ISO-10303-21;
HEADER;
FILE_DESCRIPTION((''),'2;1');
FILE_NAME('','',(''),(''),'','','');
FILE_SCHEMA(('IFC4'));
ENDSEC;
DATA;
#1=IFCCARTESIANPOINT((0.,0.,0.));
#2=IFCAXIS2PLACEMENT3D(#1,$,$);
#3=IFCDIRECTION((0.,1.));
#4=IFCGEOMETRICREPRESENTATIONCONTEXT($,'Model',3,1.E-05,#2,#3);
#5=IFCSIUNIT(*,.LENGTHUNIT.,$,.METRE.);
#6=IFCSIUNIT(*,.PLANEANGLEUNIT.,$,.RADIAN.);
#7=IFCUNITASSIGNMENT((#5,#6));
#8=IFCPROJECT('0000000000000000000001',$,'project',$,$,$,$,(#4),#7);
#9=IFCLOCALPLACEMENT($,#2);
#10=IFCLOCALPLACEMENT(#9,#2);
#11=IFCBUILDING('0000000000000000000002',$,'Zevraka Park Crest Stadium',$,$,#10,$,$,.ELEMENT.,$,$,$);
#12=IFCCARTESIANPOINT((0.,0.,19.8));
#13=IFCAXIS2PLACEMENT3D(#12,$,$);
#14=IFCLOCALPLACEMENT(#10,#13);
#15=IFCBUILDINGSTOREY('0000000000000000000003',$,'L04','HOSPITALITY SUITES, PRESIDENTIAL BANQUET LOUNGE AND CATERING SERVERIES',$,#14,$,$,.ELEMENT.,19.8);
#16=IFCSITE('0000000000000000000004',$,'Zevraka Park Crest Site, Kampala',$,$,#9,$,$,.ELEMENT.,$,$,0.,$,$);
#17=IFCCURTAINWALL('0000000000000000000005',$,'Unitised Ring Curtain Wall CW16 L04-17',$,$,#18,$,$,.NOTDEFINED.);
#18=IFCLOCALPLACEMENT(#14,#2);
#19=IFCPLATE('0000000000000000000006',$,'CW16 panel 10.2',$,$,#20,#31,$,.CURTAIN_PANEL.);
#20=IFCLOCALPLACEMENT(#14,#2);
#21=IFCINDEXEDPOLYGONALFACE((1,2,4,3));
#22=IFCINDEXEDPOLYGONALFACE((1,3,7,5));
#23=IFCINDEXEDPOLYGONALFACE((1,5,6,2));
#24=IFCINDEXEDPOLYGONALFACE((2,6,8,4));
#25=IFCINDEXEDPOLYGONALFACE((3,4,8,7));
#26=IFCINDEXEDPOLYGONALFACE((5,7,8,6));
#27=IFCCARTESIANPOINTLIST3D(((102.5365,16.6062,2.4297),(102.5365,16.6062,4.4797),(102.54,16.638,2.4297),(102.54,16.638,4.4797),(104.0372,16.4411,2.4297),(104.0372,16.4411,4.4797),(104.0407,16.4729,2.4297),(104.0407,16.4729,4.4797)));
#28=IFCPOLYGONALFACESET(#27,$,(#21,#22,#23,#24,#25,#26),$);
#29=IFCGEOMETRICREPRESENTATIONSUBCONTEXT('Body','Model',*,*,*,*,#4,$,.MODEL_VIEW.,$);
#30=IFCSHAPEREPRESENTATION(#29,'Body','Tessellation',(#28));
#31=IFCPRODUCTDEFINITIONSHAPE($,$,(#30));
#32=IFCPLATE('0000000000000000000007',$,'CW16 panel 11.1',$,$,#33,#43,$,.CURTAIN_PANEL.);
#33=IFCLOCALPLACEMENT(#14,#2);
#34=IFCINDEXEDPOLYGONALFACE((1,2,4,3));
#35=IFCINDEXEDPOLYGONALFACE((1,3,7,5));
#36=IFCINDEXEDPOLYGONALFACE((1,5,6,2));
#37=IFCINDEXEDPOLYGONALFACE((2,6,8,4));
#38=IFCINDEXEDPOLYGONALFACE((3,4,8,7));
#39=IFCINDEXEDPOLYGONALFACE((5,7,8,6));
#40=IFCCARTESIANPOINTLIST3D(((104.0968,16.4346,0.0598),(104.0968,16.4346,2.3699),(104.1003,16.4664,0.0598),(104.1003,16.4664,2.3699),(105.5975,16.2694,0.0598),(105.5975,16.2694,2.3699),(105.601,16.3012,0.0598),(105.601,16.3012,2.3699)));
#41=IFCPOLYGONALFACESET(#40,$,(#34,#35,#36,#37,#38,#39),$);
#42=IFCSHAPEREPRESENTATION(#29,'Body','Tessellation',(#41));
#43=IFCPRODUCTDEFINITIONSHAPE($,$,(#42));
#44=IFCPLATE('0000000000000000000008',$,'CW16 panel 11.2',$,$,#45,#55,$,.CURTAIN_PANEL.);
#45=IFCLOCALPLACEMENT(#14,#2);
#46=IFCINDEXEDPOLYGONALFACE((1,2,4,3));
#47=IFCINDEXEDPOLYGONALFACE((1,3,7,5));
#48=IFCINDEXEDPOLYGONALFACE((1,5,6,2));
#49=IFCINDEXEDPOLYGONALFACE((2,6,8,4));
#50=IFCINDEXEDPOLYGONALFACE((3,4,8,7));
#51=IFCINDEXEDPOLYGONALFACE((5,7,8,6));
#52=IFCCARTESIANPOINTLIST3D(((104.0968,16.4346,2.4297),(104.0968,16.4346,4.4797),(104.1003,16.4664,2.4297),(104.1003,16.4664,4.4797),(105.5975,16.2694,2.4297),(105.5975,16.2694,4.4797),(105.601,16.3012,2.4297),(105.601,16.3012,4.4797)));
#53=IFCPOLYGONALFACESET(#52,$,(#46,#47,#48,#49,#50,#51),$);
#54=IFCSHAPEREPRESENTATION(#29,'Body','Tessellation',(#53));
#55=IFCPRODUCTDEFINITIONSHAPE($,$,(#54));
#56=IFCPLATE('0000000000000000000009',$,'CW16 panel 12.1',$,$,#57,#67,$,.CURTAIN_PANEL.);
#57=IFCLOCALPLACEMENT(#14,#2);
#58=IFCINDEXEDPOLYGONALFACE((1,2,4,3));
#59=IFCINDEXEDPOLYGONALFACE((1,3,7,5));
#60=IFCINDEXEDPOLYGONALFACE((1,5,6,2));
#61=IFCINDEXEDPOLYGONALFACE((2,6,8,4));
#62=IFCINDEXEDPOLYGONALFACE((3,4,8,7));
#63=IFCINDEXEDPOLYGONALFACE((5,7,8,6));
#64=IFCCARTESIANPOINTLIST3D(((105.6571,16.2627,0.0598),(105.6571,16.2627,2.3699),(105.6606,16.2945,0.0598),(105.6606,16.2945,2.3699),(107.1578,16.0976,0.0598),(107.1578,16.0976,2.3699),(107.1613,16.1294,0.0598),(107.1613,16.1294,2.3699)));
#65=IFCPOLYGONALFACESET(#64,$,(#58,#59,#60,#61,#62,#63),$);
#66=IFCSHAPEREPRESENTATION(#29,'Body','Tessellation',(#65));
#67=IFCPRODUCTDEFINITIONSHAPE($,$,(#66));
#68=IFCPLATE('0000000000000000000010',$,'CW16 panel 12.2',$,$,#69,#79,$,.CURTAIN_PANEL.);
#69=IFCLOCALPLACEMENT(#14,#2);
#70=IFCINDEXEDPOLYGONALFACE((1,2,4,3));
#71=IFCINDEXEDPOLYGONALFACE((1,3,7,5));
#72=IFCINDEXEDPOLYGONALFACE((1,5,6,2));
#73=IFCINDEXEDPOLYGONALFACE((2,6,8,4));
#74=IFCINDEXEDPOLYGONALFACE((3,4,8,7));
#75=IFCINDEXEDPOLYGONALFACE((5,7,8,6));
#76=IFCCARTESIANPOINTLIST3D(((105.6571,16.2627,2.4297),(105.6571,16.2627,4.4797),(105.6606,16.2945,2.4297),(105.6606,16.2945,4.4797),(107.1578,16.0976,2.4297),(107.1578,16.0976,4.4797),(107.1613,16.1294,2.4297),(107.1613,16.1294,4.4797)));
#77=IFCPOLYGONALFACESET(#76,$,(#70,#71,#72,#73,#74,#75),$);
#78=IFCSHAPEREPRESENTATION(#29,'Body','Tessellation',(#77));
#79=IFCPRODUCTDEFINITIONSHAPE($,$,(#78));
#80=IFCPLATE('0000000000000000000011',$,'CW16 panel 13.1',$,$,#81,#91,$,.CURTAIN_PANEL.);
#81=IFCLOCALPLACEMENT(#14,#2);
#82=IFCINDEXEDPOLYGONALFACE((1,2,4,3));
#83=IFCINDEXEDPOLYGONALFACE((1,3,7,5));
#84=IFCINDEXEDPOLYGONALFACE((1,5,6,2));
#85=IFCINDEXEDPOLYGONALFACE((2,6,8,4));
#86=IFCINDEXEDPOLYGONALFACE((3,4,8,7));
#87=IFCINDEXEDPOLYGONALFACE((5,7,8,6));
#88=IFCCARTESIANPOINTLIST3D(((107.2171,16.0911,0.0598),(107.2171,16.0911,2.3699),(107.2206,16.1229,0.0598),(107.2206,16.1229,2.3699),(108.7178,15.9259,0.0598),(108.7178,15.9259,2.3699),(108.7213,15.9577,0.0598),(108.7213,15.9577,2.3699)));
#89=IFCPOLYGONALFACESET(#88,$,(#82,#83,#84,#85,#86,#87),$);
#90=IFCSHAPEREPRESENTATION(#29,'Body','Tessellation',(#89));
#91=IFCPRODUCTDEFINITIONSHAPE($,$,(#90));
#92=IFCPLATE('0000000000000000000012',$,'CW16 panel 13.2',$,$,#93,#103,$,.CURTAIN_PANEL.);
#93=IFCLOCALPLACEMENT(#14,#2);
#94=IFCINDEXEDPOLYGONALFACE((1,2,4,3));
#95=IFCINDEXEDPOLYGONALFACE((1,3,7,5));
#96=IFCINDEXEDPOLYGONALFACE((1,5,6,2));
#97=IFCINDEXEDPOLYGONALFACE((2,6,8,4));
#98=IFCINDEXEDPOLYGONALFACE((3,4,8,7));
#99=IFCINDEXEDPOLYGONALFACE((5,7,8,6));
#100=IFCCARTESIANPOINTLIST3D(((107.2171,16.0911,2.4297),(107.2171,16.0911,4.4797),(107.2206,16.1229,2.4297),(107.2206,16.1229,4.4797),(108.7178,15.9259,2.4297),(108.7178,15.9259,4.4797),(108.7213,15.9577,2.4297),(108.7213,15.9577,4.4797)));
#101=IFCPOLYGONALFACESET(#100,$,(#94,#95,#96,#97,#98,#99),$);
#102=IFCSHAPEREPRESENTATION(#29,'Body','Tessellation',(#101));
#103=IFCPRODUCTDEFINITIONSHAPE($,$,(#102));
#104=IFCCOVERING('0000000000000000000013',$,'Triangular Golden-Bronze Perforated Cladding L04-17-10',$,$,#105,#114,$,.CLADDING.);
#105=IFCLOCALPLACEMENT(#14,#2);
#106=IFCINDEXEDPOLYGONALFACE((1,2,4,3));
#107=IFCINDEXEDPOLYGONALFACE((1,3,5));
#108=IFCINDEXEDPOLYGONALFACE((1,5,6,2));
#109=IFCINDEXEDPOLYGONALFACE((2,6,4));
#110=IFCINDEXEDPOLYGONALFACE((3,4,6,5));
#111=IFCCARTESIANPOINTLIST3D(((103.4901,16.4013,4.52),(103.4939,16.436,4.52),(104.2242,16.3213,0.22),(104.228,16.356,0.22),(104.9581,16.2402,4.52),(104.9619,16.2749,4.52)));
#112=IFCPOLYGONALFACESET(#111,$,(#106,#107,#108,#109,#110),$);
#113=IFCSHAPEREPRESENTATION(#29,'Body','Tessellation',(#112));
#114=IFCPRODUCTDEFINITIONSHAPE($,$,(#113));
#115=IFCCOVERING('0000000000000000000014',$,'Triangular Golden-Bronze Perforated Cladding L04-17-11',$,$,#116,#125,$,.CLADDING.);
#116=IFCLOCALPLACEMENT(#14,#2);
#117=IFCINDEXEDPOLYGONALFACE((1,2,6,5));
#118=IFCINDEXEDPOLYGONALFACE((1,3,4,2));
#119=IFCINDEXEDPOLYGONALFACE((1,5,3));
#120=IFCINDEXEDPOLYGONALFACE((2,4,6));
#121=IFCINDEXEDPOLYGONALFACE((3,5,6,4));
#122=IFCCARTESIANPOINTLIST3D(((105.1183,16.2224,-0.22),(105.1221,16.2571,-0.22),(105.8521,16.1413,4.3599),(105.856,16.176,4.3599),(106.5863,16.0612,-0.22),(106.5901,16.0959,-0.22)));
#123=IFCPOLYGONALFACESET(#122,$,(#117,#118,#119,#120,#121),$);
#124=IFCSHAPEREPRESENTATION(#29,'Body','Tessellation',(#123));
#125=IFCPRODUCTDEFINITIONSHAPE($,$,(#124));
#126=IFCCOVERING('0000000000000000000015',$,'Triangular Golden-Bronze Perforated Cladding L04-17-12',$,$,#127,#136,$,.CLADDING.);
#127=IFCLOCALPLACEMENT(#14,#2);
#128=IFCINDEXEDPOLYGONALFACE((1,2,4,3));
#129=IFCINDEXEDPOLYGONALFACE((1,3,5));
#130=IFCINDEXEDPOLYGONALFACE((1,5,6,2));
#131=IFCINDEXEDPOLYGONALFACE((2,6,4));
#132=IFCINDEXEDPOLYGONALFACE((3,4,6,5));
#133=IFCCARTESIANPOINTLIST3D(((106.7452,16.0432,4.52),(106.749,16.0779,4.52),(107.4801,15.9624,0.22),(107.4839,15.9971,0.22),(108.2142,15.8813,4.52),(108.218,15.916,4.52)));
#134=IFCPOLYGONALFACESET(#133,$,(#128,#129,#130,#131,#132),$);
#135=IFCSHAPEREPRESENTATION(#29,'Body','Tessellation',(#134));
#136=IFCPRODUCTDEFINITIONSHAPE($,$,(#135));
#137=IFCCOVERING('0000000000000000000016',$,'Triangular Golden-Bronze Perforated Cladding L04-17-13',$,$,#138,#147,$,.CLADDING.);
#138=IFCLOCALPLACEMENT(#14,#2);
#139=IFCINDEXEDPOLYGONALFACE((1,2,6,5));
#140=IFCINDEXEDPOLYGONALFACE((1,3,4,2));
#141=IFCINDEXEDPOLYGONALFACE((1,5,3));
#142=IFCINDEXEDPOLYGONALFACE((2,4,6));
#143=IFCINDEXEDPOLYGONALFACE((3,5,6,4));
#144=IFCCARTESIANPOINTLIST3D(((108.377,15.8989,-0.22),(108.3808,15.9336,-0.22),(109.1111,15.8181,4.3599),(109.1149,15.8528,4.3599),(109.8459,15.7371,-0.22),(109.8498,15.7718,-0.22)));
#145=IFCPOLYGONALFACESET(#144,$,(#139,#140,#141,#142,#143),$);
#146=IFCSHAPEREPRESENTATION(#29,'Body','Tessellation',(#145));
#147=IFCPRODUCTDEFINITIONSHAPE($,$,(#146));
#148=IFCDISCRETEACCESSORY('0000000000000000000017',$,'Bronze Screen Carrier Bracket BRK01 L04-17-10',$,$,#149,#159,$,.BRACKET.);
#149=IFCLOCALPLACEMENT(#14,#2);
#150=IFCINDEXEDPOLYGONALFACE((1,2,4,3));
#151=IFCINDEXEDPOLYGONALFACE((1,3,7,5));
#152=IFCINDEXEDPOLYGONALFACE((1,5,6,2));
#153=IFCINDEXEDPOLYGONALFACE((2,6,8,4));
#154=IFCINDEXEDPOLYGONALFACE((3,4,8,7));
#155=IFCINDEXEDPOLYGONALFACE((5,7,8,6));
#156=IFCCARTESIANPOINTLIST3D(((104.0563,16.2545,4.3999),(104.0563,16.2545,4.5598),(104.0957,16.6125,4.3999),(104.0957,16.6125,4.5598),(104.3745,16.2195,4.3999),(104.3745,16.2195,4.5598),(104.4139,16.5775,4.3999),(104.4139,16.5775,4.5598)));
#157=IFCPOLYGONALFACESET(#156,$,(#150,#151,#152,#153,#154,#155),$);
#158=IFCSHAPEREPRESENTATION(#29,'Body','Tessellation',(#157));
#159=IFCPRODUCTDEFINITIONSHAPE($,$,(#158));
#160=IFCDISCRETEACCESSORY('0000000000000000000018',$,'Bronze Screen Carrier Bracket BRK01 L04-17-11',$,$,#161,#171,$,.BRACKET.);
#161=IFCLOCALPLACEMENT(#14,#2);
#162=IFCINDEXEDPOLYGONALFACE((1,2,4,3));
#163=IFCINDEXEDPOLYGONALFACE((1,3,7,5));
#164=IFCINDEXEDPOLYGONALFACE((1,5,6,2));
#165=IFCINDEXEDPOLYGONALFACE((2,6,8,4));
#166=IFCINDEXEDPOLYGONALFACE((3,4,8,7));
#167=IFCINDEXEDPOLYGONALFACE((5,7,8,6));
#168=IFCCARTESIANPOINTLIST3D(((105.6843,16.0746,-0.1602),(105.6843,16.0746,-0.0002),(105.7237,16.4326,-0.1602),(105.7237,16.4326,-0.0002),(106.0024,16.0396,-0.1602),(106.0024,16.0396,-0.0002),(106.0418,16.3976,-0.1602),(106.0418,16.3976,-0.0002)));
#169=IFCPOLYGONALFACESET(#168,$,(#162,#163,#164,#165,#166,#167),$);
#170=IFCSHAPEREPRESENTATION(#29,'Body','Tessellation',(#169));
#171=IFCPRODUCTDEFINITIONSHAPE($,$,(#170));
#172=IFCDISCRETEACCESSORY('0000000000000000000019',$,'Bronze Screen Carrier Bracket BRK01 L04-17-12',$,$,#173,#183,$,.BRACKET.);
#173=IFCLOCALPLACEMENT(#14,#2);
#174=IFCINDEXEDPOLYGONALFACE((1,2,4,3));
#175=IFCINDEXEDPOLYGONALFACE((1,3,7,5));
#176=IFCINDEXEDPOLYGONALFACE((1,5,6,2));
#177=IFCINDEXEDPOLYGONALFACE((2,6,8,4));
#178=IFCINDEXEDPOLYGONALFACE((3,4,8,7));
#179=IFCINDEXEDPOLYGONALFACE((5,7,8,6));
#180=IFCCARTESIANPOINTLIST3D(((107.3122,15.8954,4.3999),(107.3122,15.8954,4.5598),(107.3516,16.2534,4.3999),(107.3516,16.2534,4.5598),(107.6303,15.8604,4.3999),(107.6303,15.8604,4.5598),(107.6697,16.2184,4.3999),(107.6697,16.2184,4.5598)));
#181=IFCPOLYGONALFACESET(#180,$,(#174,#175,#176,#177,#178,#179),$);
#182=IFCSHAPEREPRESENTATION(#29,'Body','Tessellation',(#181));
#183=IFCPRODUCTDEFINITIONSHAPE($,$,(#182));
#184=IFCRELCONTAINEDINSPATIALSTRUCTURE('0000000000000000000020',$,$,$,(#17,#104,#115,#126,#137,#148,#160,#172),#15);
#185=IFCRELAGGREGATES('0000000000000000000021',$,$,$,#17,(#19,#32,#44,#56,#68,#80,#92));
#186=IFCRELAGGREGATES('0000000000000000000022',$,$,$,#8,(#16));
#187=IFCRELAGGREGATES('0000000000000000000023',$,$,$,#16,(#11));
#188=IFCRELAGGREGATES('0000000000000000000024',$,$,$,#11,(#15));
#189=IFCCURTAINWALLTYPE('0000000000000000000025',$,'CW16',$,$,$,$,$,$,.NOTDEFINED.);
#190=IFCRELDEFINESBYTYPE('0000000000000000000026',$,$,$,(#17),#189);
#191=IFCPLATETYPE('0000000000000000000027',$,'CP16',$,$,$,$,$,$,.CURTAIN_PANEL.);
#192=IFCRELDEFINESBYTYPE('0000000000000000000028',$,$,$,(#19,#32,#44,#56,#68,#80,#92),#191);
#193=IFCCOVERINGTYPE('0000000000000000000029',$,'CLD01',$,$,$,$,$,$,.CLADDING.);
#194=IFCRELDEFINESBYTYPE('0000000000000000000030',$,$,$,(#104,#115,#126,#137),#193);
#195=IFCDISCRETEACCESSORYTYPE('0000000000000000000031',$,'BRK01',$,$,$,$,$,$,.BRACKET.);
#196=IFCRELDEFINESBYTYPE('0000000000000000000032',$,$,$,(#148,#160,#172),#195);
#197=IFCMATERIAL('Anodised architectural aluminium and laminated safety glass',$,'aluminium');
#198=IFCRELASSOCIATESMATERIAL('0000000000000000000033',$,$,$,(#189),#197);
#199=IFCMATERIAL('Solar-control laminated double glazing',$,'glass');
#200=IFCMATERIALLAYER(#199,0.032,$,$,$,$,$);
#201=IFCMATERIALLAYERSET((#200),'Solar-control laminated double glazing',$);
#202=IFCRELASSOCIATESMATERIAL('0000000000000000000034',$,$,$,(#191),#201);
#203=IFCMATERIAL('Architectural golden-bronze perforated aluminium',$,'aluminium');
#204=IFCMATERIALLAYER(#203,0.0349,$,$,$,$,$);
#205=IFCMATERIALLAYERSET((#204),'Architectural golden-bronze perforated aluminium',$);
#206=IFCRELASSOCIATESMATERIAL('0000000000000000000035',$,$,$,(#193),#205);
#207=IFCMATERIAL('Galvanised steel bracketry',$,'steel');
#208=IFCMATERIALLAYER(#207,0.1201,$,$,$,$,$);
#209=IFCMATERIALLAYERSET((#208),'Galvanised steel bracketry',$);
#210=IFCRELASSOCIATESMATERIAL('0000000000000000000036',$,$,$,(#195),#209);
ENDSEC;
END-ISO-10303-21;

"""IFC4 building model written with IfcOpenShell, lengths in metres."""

from ifc_helpers import new_model, si_unit, direction, frame, origin, origin_2d, place, context, subcontext, project, spatial, polyline, rectangle, outline, extrude, material, layer, layer_set, type_object, element, aggregate, save


model = new_model("IFC4")

# Units and contexts
model_context = context("Model", 3, precision=1e-05, world=origin(), true_north=direction((0.0, 1.0)))
body_context = subcontext(model_context, "Body", "Model", "MODEL_VIEW")
ifc_project = project(units=[si_unit("LENGTHUNIT", "METRE"), si_unit("PLANEANGLEUNIT", "RADIAN")], contexts=[model_context])

# Site, building, storey
site_placement = place(None, origin())
site = spatial("IfcSite", under=ifc_project, at=site_placement, Name="Zevraka Park Crest Site, Kampala", CompositionType="ELEMENT", RefElevation=0.0)
building_placement = place(site_placement, origin())
building = spatial("IfcBuilding", under=site, at=building_placement, Name="Zevraka Park Crest Stadium", CompositionType="ELEMENT")
storey_placement = place(building_placement, frame((0.0, 0.0, 19.8)))
storey = spatial("IfcBuildingStorey", under=building, at=storey_placement, Name="L04", Description="HOSPITALITY SUITES, PRESIDENTIAL BANQUET LOUNGE AND CATERING SERVERIES", CompositionType="ELEMENT", Elevation=19.8)

# Curtain wall, plates
ifc_material_1 = material(Name="Anodised architectural aluminium and laminated safety glass", Category="aluminium")
curtain_wall_type = type_object("IfcCurtainWallType", Name="CW16", PredefinedType="NOTDEFINED", material=ifc_material_1)
curtain_wall_placement = place(storey_placement, origin())
curtain_wall = element("IfcCurtainWall", 1, at=curtain_wall_placement, inside=storey, type_object=curtain_wall_type, Name="Unitised Ring Curtain Wall CW16 L04-17", PredefinedType="NOTDEFINED")
ifc_material_2 = material(Name="Solar-control laminated double glazing", Category="glass")
ifc_layer_1 = layer(ifc_material_2, 0.032)
ifc_layer_set_1 = layer_set([ifc_layer_1], Name="Solar-control laminated double glazing")
plate_type = type_object("IfcPlateType", Name="CP16", PredefinedType="CURTAIN_PANEL", material=ifc_layer_set_1)
plate_1_placement = place(storey_placement, frame((103.2886, 16.5396, 2.4297), z_axis=(0.0, 0.0, 1.0), x_axis=(0.993997, -0.109406, 0.0)))
plate_1 = element("IfcPlate", 2, at=plate_1_placement, type_object=plate_type, Name="CW16 panel 10.2", PredefinedType="CURTAIN_PANEL", context=body_context, shape_type="SweptSolid", body=[
    extrude(rectangle(XDim=1.5098, YDim=0.032, at=origin_2d()), origin(), (0.0, 0.0, 1.0), 2.05),
])
plate_2_placement = place(storey_placement, frame((104.8489, 16.3679, 0.0598), z_axis=(0.0, 0.0, 1.0), x_axis=(0.993997, -0.109406, 0.0)))
plate_2 = element("IfcPlate", 3, at=plate_2_placement, type_object=plate_type, Name="CW16 panel 11.1", PredefinedType="CURTAIN_PANEL", context=body_context, shape_type="SweptSolid", body=[
    extrude(rectangle(XDim=1.5098, YDim=0.032, at=origin_2d()), origin(), (0.0, 0.0, 1.0), 2.3101),
])
plate_3_placement = place(storey_placement, frame((104.8489, 16.3679, 2.4297), z_axis=(0.0, 0.0, 1.0), x_axis=(0.993997, -0.109406, 0.0)))
plate_3 = element("IfcPlate", 4, at=plate_3_placement, type_object=plate_type, Name="CW16 panel 11.2", PredefinedType="CURTAIN_PANEL", context=body_context, shape_type="SweptSolid", body=[
    extrude(rectangle(XDim=1.5098, YDim=0.032, at=origin_2d()), origin(), (0.0, 0.0, 1.0), 2.05),
])
plate_4_placement = place(storey_placement, frame((106.4092, 16.196, 0.0598), z_axis=(0.0, 0.0, 1.0), x_axis=(0.993997, -0.109406, 0.0)))
plate_4 = element("IfcPlate", 5, at=plate_4_placement, type_object=plate_type, Name="CW16 panel 12.1", PredefinedType="CURTAIN_PANEL", context=body_context, shape_type="SweptSolid", body=[
    extrude(rectangle(XDim=1.5098, YDim=0.032, at=origin_2d()), origin(), (0.0, 0.0, 1.0), 2.3101),
])
plate_5_placement = place(storey_placement, frame((106.4092, 16.196, 2.4297), z_axis=(0.0, 0.0, 1.0), x_axis=(0.993997, -0.109406, 0.0)))
plate_5 = element("IfcPlate", 6, at=plate_5_placement, type_object=plate_type, Name="CW16 panel 12.2", PredefinedType="CURTAIN_PANEL", context=body_context, shape_type="SweptSolid", body=[
    extrude(rectangle(XDim=1.5098, YDim=0.032, at=origin_2d()), origin(), (0.0, 0.0, 1.0), 2.05),
])
plate_6_placement = place(storey_placement, frame((107.9692, 16.0244, 0.0598), z_axis=(0.0, 0.0, 1.0), x_axis=(0.993997, -0.109406, 0.0)))
plate_6 = element("IfcPlate", 7, at=plate_6_placement, type_object=plate_type, Name="CW16 panel 13.1", PredefinedType="CURTAIN_PANEL", context=body_context, shape_type="SweptSolid", body=[
    extrude(rectangle(XDim=1.5098, YDim=0.032, at=origin_2d()), origin(), (0.0, 0.0, 1.0), 2.3101),
])
plate_7_placement = place(storey_placement, frame((107.9692, 16.0244, 2.4297), z_axis=(0.0, 0.0, 1.0), x_axis=(0.993997, -0.109406, 0.0)))
plate_7 = element("IfcPlate", 8, at=plate_7_placement, type_object=plate_type, Name="CW16 panel 13.2", PredefinedType="CURTAIN_PANEL", context=body_context, shape_type="SweptSolid", body=[
    extrude(rectangle(XDim=1.5098, YDim=0.032, at=origin_2d()), origin(), (0.0, 0.0, 1.0), 2.05),
])
aggregate(curtain_wall, [plate_1, plate_2, plate_3, plate_4, plate_5, plate_6, plate_7])

# Coverings
ifc_material_3 = material(Name="Architectural golden-bronze perforated aluminium", Category="aluminium")
ifc_layer_2 = layer(ifc_material_3, 0.0349)
ifc_layer_set_2 = layer_set([ifc_layer_2], Name="Architectural golden-bronze perforated aluminium")
covering_type = type_object("IfcCoveringType", Name="CLD01", PredefinedType="CLADDING", material=ifc_layer_set_2)
covering_1_placement = place(storey_placement, frame((104.9619, 16.2749, 4.52), z_axis=(0.109107, 0.99403, 0.000116), x_axis=(-0.99403, 0.109107, 0.0)))
element("IfcCovering", 9, at=covering_1_placement, inside=storey, type_object=covering_type, Name="Triangular Golden-Bronze Perforated Cladding L04-17-10", PredefinedType="CLADDING", context=body_context, shape_type="SweptSolid", body=[
    extrude(outline(polyline([(0.0, 0.0), (1.4768, 0.0), (0.7383, -4.3), (0.0, 0.0)])), origin(), (0.0, 0.0, -1.0), 0.0349),
])
covering_2_placement = place(storey_placement, frame((105.1221, 16.2571, -0.22), z_axis=(0.109107, 0.99403, 0.000109), x_axis=(0.99403, -0.109107, 0.0)))
element("IfcCovering", 10, at=covering_2_placement, inside=storey, type_object=covering_type, Name="Triangular Golden-Bronze Perforated Cladding L04-17-11", PredefinedType="CLADDING", context=body_context, shape_type="SweptSolid", body=[
    extrude(outline(polyline([(0.0, 0.0), (1.4768, 0.0), (0.7383, -4.5798), (0.0, 0.0)])), origin(), (0.0, 0.0, -1.0), 0.0349),
])
covering_3_placement = place(storey_placement, frame((108.218, 15.916, 4.52), z_axis=(0.109525, 0.993984, 0.000038), x_axis=(-0.993984, 0.109525, 0.0)))
element("IfcCovering", 11, at=covering_3_placement, inside=storey, type_object=covering_type, Name="Triangular Golden-Bronze Perforated Cladding L04-17-12", PredefinedType="CLADDING", context=body_context, shape_type="SweptSolid", body=[
    extrude(outline(polyline([(0.0, 0.0), (1.4779, 0.0), (0.7386, -4.3), (0.0, 0.0)])), origin(), (0.0, 0.0, -1.0), 0.0349),
])
covering_4_placement = place(storey_placement, frame((108.377, 15.8989, -0.22), z_axis=(-0.109525, -0.993984, 0.000018), x_axis=(0.993984, -0.109525, 0.0)))
element("IfcCovering", 12, at=covering_4_placement, inside=storey, type_object=covering_type, Name="Triangular Golden-Bronze Perforated Cladding L04-17-13", PredefinedType="CLADDING", context=body_context, shape_type="SweptSolid", body=[
    extrude(outline(polyline([(0.0, 0.0), (1.4779, 0.0), (0.7386, 4.5798), (0.0, 0.0)])), origin(), (0.0, 0.0, -1.0), 0.0349),
])

# Discrete accessories
ifc_material_4 = material(Name="Galvanised steel bracketry", Category="steel")
ifc_layer_3 = layer(ifc_material_4, 0.1201)
ifc_layer_set_3 = layer_set([ifc_layer_3], Name="Galvanised steel bracketry")
discrete_accessory_type = type_object("IfcDiscreteAccessoryType", Name="BRK01", PredefinedType="BRACKET", material=ifc_layer_set_3)
for number, where, z_axis, x_axis, name in (
    (13, (104.2351, 16.416, 4.3999), (0.0, 0.0, 1.0), (0.993999, -0.109387, 0.0), "Bronze Screen Carrier Bracket BRK01 L04-17-10"),
    (14, (105.863, 16.2361, -0.1602), (0.0, 0.0, 1.0), (0.993999, -0.109387, 0.0), "Bronze Screen Carrier Bracket BRK01 L04-17-11"),
    (15, (107.491, 16.0569, 4.3999), (0.0, 0.0, 1.0), (0.993999, -0.109387, 0.0), "Bronze Screen Carrier Bracket BRK01 L04-17-12"),
):
    element("IfcDiscreteAccessory", number, at=place(storey_placement, frame(where, z_axis=z_axis, x_axis=x_axis)), inside=storey, type_object=discrete_accessory_type, Name=name, PredefinedType="BRACKET", context=body_context, shape_type="SweptSolid", body=[
        extrude(rectangle(XDim=0.3201, YDim=0.3601, at=origin_2d()), origin(), (0.0, 0.0, 1.0), 0.1599),
    ])

save(model, "model.ifc")
